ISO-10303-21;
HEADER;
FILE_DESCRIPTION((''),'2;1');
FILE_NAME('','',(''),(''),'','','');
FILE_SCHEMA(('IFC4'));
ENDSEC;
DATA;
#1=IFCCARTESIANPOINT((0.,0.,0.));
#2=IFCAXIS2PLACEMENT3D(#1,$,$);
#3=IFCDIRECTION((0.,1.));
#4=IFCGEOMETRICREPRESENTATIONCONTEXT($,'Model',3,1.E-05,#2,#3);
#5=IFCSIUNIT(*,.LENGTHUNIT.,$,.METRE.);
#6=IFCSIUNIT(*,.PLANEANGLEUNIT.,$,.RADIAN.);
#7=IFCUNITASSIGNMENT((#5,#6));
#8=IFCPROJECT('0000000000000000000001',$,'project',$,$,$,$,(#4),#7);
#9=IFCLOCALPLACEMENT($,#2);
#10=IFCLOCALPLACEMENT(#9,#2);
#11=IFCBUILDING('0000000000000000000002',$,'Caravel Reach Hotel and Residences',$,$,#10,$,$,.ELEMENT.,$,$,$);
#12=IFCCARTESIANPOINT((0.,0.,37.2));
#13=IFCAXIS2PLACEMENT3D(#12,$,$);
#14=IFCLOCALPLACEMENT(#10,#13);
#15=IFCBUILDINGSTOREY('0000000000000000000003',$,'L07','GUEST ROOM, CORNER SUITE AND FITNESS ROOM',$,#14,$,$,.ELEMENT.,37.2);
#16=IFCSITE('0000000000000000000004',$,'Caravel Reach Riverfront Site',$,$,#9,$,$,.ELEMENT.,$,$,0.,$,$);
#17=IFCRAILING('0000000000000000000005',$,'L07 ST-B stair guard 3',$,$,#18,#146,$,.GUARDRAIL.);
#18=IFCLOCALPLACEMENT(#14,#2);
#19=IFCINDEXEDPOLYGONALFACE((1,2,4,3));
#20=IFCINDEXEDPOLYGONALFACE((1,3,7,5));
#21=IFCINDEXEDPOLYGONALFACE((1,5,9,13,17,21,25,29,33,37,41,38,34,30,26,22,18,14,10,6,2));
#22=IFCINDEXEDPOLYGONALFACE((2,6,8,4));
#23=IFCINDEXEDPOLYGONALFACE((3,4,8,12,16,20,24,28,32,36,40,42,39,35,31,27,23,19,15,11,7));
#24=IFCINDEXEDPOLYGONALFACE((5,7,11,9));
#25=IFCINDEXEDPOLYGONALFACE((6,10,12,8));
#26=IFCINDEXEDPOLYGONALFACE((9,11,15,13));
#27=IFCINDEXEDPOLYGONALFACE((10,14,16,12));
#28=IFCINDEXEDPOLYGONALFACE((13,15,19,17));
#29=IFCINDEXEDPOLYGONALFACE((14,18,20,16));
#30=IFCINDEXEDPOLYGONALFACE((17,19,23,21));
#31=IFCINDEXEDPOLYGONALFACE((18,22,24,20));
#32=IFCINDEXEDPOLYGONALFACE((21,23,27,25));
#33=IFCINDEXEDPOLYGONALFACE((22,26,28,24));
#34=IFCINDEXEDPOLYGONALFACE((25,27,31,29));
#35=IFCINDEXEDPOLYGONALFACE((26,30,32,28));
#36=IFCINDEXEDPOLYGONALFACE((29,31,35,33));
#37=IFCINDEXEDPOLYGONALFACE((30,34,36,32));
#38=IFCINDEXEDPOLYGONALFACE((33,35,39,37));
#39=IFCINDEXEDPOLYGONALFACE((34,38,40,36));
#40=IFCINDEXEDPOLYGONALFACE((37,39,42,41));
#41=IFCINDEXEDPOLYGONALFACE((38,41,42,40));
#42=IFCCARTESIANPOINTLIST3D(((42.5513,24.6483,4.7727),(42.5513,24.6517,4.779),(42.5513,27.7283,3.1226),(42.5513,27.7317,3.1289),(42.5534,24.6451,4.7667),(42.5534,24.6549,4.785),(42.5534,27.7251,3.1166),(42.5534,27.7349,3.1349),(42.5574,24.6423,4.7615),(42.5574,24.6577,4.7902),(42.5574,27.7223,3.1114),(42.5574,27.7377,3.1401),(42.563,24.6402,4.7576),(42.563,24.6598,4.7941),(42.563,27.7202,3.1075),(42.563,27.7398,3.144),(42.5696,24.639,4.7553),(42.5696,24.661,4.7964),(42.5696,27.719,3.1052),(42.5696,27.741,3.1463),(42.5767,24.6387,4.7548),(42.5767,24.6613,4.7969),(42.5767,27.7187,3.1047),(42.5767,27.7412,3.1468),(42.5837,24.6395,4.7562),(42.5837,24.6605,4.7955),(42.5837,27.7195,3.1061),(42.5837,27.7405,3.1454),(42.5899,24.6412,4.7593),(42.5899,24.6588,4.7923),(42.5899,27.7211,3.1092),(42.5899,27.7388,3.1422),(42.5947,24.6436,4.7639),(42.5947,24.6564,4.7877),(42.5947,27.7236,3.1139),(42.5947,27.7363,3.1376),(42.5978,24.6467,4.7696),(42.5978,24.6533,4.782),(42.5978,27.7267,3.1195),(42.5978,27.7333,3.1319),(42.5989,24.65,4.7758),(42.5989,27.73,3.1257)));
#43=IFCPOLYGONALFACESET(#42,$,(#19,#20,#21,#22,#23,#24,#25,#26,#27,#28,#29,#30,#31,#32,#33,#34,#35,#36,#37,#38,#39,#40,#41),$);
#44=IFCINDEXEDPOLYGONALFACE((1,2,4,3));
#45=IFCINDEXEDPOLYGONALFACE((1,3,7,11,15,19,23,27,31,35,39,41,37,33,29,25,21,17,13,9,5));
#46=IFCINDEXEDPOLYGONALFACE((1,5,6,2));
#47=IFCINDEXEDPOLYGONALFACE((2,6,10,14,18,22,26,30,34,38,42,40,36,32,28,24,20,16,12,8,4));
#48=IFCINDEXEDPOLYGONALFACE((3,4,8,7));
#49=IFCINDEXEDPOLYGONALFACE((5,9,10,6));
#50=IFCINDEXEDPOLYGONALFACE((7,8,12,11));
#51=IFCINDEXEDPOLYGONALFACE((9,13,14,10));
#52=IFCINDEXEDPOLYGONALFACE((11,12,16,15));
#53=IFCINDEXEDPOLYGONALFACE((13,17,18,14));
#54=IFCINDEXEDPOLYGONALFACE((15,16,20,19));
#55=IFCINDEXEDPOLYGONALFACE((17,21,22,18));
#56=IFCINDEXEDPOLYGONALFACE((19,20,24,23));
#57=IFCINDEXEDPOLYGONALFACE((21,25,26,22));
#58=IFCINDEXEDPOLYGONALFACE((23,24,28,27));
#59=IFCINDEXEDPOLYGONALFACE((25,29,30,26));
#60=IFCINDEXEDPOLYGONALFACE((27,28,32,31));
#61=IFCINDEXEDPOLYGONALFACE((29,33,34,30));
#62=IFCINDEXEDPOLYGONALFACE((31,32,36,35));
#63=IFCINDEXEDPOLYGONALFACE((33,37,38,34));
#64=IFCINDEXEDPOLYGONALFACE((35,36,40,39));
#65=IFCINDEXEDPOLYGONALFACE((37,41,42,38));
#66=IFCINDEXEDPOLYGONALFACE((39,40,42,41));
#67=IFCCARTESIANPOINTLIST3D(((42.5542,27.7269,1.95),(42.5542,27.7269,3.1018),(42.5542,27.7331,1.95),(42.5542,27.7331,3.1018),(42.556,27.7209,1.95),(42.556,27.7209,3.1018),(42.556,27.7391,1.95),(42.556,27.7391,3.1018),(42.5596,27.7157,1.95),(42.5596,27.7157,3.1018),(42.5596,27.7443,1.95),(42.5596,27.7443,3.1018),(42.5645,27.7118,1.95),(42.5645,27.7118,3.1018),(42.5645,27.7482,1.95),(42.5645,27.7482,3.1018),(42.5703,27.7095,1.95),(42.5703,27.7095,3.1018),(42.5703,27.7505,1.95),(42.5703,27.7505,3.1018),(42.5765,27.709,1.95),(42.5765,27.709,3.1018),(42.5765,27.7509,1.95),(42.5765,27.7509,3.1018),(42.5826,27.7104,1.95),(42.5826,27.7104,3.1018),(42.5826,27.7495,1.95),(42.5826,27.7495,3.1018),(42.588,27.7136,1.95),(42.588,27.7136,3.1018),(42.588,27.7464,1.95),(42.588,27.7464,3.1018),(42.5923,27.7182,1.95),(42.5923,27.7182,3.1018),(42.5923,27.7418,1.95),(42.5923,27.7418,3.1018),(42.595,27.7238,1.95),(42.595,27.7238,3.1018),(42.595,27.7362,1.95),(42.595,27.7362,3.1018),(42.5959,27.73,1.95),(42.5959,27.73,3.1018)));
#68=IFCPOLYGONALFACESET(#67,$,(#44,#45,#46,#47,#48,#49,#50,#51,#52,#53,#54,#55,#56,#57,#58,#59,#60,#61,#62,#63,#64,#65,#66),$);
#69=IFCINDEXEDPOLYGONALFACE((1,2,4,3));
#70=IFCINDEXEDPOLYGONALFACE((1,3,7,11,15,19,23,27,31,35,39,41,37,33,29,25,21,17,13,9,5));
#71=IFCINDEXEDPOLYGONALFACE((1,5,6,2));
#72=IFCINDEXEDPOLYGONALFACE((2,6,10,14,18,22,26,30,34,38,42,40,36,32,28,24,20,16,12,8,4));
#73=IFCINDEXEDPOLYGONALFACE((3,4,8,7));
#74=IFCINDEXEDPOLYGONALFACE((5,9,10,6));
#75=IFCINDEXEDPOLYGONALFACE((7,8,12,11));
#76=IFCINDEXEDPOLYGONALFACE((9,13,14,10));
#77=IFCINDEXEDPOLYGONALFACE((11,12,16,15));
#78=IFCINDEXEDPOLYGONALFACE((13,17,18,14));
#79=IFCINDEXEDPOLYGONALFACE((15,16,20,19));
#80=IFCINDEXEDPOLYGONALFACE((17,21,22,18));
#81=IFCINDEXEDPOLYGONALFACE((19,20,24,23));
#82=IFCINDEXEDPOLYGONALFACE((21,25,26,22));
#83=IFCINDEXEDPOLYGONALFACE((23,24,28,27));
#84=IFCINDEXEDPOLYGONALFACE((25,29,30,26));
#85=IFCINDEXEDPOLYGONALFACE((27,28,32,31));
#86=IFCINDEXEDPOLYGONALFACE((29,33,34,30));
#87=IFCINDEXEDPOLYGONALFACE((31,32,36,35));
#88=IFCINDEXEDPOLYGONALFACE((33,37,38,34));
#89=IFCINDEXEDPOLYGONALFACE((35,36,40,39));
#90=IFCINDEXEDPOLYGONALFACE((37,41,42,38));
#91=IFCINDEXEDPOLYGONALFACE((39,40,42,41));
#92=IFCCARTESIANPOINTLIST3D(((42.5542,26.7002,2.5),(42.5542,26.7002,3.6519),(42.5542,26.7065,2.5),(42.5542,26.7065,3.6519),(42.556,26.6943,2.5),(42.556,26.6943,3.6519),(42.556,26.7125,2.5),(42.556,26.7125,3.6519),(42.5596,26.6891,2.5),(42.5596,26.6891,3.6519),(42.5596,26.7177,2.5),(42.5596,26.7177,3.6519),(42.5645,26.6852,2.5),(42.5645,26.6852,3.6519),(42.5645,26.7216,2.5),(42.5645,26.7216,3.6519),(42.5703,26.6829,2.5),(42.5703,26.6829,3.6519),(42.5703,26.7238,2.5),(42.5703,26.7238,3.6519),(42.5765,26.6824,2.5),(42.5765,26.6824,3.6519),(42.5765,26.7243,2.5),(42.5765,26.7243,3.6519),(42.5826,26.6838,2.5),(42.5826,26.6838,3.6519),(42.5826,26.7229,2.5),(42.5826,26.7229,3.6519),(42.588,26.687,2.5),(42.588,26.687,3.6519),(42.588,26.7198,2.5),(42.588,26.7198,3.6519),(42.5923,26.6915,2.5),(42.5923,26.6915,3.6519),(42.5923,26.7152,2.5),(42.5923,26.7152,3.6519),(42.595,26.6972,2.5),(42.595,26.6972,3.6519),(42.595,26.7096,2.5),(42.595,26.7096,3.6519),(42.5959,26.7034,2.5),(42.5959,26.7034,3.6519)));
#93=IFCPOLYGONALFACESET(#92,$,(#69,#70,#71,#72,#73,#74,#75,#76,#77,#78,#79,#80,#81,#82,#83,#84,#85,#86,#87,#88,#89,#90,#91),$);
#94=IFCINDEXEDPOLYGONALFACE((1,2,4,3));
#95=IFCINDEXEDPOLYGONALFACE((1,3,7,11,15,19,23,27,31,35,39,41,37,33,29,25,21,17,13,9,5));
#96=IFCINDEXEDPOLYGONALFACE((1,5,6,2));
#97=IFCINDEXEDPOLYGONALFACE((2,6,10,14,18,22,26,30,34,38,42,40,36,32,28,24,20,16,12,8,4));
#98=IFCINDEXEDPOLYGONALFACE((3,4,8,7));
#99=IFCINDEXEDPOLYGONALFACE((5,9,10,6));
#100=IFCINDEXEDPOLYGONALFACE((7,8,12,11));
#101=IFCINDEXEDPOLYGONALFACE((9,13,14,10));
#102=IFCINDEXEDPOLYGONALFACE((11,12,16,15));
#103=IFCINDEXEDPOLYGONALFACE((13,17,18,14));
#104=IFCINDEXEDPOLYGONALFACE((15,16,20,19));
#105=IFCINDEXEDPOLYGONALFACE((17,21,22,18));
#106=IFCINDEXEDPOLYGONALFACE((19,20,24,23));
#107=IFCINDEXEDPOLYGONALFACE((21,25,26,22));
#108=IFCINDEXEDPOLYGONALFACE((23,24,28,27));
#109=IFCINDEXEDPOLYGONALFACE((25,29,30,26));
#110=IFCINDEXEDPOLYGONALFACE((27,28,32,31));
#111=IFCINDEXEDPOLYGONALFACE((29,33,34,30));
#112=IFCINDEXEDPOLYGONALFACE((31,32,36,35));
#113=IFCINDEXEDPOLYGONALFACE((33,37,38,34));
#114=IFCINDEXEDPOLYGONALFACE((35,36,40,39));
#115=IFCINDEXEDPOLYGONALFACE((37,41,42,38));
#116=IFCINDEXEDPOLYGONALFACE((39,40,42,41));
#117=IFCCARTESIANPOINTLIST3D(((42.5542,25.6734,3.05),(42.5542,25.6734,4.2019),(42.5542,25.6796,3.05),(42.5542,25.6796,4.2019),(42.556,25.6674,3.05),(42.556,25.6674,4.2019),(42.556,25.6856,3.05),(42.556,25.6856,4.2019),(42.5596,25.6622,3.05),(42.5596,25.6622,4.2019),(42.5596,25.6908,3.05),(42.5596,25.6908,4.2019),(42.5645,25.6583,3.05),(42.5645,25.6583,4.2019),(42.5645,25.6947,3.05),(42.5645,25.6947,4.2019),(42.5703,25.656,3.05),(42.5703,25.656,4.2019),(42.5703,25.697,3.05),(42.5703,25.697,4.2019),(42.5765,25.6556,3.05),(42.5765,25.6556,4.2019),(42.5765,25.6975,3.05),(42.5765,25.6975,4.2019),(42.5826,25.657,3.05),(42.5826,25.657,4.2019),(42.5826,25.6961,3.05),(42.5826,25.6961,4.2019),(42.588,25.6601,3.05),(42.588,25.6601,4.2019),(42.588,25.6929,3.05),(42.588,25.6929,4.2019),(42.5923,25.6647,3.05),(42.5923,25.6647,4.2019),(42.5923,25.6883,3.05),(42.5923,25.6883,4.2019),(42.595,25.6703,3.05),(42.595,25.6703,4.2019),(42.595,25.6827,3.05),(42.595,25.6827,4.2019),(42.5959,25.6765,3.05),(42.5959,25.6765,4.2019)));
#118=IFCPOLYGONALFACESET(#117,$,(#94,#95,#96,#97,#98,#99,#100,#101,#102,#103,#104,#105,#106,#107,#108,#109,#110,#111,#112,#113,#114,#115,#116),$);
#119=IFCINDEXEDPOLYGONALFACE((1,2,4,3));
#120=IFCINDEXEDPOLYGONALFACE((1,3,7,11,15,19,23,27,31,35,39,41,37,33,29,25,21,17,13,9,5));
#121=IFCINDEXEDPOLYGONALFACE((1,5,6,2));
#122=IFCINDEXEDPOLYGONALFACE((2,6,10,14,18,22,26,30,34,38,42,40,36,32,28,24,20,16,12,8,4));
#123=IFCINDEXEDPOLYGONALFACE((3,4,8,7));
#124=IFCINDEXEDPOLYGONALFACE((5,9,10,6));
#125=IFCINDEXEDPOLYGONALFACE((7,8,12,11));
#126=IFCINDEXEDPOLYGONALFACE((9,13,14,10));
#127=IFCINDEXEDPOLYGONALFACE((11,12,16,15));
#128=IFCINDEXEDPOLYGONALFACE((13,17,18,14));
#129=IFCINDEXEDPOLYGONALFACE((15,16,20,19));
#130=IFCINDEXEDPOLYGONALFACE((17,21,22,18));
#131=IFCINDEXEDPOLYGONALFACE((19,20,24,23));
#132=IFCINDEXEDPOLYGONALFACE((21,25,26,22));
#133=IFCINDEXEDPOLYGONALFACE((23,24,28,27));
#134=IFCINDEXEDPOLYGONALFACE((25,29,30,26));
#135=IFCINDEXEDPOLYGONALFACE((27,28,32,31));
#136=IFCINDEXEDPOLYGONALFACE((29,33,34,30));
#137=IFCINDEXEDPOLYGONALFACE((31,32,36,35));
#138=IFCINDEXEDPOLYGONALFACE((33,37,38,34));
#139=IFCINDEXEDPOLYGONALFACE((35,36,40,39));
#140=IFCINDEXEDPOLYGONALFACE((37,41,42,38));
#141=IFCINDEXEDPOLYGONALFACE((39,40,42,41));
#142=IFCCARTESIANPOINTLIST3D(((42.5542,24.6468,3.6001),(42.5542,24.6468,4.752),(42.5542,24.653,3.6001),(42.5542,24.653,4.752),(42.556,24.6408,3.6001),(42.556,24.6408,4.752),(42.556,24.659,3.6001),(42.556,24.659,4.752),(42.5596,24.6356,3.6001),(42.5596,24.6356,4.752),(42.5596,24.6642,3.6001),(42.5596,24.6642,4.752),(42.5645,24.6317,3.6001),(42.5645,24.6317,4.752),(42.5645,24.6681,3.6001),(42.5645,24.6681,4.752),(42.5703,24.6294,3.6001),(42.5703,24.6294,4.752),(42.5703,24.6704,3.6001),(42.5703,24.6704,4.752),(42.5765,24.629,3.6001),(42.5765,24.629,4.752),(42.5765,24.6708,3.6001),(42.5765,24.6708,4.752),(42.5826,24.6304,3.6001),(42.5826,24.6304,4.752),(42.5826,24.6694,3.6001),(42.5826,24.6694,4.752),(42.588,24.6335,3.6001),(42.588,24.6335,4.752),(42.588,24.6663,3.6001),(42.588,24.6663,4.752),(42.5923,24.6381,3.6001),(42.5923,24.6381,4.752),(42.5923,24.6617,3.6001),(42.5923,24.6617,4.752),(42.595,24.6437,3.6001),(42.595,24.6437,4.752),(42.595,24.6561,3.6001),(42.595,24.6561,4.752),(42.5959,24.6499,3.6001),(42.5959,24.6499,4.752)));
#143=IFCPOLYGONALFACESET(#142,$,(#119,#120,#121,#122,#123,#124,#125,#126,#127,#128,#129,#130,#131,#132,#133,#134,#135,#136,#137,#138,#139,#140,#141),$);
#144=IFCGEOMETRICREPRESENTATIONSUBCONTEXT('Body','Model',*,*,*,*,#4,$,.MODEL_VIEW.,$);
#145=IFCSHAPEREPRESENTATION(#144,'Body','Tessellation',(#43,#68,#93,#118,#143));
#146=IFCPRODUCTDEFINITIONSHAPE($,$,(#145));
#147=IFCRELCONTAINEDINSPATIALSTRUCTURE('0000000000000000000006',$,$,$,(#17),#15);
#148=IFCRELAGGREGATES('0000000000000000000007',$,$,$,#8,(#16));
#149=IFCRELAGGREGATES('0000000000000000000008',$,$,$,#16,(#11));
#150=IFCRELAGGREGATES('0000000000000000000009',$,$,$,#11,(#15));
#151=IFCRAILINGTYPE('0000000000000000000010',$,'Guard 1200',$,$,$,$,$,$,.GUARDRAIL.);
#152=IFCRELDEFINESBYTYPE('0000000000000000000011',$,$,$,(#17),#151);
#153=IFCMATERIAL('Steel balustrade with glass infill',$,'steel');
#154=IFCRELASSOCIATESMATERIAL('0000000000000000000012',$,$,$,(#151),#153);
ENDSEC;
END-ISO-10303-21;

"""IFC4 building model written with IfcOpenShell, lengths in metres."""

from ifc_helpers import new_model, si_unit, direction, frame, origin, origin_2d, place, context, subcontext, project, spatial, circle, extrude, material, type_object, element, save


model = new_model("IFC4")

# Units and contexts
model_context = context("Model", 3, precision=1e-05, world=origin(), true_north=direction((0.0, 1.0)))
body_context = subcontext(model_context, "Body", "Model", "MODEL_VIEW")
ifc_project = project(units=[si_unit("LENGTHUNIT", "METRE"), si_unit("PLANEANGLEUNIT", "RADIAN")], contexts=[model_context])

# Site, building, storey
site_placement = place(None, origin())
site = spatial("IfcSite", under=ifc_project, at=site_placement, Name="Caravel Reach Riverfront Site", CompositionType="ELEMENT", RefElevation=0.0)
building_placement = place(site_placement, origin())
building = spatial("IfcBuilding", under=site, at=building_placement, Name="Caravel Reach Hotel and Residences", CompositionType="ELEMENT")
storey_placement = place(building_placement, frame((0.0, 0.0, 37.2)))
storey = spatial("IfcBuildingStorey", under=building, at=storey_placement, Name="L07", Description="GUEST ROOM, CORNER SUITE AND FITNESS ROOM", CompositionType="ELEMENT", Elevation=37.2)

# Railing
ifc_material_1 = material(Name="Steel balustrade with glass infill", Category="steel")
railing_type_1 = type_object("IfcRailingType", Name="Guard 1200", PredefinedType="GUARDRAIL", material=ifc_material_1)
railing_1_placement = place(storey_placement, frame((42.575, 27.73, 1.95)))
element("IfcRailing", 1, at=railing_1_placement, inside=storey, type_object=railing_type_1, Name="L07 ST-B stair guard 3", PredefinedType="GUARDRAIL", context=body_context, shape_type="SweptSolid", body=[
    extrude(circle(Radius=0.0239, at=origin_2d()), frame((0.0, 0.0, 1.1758), z_axis=(0.0, -0.881468, 0.472245), x_axis=(1.0, 0.0, 0.0)), (0.0, 0.0, 1.0), 3.4941),
    extrude(circle(Radius=0.021, at=origin_2d()), origin(), (0.0, 0.0, 1.0), 1.1519),
    extrude(circle(Radius=0.021, at=origin_2d()), frame((0.0, -1.0266, 0.55)), (0.0, 0.0, 1.0), 1.1519),
    extrude(circle(Radius=0.021, at=origin_2d()), frame((0.0, -2.0535, 1.1001)), (0.0, 0.0, 1.0), 1.1519),
    extrude(circle(Radius=0.021, at=origin_2d()), frame((0.0, -3.0801, 1.6501)), (0.0, 0.0, 1.0), 1.1519),
])

save(model, "model.ifc")
